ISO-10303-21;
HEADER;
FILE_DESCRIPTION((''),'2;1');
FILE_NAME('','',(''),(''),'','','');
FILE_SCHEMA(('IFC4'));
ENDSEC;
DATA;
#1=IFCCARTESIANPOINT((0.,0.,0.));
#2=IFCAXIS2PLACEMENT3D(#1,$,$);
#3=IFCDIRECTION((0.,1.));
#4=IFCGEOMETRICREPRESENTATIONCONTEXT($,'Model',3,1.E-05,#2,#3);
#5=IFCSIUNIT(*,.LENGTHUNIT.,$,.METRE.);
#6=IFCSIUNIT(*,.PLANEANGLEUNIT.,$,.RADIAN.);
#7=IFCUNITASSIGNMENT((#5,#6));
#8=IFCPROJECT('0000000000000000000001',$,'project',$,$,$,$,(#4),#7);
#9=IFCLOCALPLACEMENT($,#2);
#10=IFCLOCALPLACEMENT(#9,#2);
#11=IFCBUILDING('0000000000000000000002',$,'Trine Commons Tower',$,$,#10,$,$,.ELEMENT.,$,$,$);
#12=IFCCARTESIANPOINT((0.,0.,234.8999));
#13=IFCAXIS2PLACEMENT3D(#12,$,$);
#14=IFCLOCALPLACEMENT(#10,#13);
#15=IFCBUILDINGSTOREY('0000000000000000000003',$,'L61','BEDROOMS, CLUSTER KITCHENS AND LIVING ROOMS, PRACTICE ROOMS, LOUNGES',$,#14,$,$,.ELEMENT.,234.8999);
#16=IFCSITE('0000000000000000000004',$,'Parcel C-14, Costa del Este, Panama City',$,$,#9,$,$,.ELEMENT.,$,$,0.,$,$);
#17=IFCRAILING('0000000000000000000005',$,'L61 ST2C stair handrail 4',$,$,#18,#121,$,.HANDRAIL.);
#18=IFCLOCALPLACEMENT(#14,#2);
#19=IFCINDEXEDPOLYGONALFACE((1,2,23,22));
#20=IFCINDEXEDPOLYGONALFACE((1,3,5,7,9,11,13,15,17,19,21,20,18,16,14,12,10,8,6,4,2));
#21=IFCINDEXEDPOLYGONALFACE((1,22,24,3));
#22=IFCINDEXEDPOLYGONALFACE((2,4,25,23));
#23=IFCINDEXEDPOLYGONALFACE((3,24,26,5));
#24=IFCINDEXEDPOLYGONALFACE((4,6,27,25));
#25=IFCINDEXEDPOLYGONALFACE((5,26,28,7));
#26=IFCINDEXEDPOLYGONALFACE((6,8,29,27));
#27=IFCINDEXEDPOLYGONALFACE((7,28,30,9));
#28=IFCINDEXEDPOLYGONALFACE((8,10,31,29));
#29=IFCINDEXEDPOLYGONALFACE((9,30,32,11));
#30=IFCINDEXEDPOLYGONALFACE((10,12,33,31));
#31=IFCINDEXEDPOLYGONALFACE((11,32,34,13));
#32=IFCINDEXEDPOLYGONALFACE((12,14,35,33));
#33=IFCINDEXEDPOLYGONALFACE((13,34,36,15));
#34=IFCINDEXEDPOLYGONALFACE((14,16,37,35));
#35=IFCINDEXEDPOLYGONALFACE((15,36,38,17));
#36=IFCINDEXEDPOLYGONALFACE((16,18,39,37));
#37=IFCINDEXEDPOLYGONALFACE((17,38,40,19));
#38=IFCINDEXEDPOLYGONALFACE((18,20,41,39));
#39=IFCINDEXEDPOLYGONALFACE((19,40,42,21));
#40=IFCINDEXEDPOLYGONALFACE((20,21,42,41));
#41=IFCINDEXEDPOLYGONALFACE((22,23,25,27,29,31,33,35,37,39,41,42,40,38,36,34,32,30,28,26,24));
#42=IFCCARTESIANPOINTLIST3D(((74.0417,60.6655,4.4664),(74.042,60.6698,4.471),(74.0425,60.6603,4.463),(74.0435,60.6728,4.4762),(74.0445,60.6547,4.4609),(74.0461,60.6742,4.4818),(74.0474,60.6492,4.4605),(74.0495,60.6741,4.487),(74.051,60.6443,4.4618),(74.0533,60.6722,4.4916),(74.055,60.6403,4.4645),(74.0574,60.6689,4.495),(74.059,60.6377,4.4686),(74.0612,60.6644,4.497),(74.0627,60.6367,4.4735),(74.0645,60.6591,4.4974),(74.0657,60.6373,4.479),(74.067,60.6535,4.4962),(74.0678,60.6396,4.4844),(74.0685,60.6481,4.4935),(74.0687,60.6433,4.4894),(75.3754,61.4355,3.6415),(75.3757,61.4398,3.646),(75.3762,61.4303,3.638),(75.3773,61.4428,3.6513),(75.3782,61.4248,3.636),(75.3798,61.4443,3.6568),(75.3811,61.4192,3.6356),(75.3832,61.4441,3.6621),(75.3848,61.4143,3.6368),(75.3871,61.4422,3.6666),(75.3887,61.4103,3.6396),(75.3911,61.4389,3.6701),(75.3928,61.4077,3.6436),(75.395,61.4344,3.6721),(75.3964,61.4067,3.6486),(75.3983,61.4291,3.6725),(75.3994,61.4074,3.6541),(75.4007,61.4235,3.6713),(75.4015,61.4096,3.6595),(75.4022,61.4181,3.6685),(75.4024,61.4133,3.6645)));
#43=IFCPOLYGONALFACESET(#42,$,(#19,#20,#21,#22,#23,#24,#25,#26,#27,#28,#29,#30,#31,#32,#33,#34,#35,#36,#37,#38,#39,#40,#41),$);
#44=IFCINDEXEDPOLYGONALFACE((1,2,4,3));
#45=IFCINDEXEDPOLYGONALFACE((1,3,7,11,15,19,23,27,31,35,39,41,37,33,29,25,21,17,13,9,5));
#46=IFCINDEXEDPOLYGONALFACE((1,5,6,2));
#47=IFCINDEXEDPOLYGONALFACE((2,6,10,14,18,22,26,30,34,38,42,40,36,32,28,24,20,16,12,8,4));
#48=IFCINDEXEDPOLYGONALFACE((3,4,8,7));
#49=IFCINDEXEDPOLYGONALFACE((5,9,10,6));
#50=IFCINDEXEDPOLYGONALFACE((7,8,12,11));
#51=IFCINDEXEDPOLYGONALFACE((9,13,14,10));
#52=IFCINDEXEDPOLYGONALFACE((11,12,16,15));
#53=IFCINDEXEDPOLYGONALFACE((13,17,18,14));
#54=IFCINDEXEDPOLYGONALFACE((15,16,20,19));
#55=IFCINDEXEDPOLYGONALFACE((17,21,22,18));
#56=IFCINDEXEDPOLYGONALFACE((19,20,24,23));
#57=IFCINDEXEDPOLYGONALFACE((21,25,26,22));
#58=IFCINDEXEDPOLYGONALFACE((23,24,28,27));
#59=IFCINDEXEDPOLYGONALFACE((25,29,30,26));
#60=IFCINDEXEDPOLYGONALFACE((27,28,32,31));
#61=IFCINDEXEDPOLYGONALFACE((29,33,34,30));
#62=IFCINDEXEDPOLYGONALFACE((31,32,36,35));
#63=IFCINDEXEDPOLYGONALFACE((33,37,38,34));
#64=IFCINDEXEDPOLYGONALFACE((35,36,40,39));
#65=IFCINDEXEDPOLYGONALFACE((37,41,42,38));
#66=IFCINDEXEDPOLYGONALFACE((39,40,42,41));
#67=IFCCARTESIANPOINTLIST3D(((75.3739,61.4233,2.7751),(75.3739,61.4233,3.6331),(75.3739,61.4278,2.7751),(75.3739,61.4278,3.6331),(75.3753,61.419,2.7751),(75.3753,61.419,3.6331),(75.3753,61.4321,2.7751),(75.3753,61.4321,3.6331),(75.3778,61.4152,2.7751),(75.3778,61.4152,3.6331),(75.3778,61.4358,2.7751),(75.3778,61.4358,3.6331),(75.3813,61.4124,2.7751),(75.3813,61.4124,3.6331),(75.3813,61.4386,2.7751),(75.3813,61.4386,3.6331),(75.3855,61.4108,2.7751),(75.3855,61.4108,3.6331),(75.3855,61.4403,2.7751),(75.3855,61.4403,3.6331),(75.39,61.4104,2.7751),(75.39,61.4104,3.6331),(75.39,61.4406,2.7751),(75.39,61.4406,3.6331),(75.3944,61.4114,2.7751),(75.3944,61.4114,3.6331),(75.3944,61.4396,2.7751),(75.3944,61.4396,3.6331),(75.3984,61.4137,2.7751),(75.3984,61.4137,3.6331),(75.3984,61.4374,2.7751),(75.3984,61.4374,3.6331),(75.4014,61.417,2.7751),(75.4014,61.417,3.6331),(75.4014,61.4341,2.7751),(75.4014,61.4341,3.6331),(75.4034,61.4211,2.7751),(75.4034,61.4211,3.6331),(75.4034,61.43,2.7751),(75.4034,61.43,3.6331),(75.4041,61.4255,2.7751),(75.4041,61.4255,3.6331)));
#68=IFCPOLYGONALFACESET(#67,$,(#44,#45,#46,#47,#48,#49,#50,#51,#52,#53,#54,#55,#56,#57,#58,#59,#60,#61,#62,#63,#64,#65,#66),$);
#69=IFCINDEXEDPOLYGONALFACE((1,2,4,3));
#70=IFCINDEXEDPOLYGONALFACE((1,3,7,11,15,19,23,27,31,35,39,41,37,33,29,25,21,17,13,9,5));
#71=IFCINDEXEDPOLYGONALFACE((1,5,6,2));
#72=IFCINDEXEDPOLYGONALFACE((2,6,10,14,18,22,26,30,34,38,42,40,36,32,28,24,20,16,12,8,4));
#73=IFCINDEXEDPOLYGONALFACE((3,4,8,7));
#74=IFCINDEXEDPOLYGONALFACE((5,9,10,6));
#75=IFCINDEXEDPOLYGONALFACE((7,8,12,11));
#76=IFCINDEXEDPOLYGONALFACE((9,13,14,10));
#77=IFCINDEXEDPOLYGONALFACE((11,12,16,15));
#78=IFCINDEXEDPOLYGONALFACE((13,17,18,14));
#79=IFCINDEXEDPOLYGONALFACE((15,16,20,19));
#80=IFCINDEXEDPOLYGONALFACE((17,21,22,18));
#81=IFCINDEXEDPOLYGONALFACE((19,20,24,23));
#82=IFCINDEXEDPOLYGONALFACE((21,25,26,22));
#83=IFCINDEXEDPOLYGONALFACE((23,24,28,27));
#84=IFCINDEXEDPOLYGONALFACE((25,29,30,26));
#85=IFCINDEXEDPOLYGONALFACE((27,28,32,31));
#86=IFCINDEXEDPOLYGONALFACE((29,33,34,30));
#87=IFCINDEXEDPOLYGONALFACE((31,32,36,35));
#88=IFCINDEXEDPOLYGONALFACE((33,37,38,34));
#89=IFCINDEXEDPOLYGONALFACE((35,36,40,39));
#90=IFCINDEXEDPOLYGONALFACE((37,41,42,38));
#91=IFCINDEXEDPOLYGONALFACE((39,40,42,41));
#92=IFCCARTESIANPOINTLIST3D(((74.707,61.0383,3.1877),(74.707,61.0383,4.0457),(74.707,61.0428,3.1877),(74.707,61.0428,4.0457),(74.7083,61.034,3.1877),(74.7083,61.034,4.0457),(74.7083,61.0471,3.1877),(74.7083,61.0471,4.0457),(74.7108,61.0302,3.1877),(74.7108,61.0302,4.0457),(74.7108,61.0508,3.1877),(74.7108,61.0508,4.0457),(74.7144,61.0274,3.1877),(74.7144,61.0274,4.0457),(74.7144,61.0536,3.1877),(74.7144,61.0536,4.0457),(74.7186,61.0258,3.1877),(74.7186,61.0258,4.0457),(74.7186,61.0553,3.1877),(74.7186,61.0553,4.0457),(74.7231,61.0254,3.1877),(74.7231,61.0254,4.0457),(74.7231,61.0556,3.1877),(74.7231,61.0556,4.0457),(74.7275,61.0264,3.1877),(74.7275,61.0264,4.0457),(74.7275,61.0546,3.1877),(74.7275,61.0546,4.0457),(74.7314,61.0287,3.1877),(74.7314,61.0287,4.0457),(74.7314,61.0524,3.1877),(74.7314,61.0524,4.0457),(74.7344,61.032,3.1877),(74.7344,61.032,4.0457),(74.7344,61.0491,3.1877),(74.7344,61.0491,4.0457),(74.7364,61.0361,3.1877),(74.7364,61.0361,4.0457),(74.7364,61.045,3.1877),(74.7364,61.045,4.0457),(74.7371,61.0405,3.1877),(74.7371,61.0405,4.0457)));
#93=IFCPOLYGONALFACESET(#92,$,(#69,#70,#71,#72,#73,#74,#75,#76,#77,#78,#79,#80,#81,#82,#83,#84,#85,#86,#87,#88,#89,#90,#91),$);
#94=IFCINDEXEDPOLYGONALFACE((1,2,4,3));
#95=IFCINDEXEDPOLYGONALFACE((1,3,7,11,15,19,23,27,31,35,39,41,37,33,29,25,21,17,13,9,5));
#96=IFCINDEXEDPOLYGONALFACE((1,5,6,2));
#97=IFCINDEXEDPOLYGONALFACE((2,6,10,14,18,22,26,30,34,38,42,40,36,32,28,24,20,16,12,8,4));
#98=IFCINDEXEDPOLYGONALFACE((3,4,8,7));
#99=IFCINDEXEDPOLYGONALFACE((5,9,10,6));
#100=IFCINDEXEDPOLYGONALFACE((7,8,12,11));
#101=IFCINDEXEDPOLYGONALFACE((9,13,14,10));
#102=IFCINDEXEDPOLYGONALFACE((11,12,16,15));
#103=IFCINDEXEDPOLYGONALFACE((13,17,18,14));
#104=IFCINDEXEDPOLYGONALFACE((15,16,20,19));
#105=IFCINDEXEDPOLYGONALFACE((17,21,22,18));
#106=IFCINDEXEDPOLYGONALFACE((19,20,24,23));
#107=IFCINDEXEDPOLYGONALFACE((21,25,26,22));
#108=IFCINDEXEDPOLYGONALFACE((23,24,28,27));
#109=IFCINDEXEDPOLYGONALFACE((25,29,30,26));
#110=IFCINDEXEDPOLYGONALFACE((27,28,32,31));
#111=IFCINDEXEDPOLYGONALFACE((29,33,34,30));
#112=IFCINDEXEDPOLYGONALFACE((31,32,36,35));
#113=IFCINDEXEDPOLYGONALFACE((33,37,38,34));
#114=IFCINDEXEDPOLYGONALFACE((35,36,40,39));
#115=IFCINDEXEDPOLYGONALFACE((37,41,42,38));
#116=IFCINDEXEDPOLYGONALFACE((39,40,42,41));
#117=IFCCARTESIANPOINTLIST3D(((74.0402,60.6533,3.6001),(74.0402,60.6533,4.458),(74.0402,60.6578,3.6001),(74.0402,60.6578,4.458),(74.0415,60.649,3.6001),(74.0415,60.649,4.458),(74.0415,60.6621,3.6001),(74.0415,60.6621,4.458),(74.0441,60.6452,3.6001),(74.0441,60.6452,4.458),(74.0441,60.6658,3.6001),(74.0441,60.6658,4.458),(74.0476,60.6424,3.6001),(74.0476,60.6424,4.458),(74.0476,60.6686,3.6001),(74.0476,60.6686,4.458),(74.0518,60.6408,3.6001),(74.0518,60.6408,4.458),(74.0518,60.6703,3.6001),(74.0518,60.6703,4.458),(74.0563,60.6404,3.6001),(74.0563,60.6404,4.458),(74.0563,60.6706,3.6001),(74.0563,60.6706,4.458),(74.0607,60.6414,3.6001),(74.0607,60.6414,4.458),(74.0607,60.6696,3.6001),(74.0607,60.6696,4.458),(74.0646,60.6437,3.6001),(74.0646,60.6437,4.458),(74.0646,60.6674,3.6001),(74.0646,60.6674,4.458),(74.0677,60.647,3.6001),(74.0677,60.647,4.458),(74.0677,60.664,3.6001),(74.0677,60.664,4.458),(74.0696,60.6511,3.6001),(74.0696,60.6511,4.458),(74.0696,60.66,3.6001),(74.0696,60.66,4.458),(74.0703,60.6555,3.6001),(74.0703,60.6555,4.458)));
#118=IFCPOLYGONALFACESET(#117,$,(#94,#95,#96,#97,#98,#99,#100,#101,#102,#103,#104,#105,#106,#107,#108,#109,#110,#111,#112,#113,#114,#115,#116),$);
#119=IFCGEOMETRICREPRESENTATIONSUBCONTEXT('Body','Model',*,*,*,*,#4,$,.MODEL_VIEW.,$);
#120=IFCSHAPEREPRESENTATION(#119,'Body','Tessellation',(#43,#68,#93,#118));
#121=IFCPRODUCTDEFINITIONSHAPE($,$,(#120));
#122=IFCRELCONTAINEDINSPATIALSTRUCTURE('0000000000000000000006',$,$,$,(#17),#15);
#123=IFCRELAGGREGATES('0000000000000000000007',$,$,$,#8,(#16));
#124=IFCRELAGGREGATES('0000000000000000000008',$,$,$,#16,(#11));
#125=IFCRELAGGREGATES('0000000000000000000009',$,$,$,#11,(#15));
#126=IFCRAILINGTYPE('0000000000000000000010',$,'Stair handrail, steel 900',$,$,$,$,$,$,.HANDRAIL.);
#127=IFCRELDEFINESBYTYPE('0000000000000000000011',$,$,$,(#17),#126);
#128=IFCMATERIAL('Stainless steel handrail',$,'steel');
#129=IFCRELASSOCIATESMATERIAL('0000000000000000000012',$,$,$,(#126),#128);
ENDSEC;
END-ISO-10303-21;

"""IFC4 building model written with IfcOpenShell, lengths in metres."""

from ifc_helpers import new_model, si_unit, direction, frame, origin, origin_2d, place, context, subcontext, project, spatial, circle, extrude, material, type_object, element, save


model = new_model("IFC4")

# Units and contexts
model_context = context("Model", 3, precision=1e-05, world=origin(), true_north=direction((0.0, 1.0)))
body_context = subcontext(model_context, "Body", "Model", "MODEL_VIEW")
ifc_project = project(units=[si_unit("LENGTHUNIT", "METRE"), si_unit("PLANEANGLEUNIT", "RADIAN")], contexts=[model_context])

# Site, building, storey
site_placement = place(None, origin())
site = spatial("IfcSite", under=ifc_project, at=site_placement, Name="Parcel C-14, Costa del Este, Panama City", CompositionType="ELEMENT", RefElevation=0.0)
building_placement = place(site_placement, origin())
building = spatial("IfcBuilding", under=site, at=building_placement, Name="Trine Commons Tower", CompositionType="ELEMENT")
storey_placement = place(building_placement, frame((0.0, 0.0, 234.8999)))
storey = spatial("IfcBuildingStorey", under=building, at=storey_placement, Name="L61", Description="BEDROOMS, CLUSTER KITCHENS AND LIVING ROOMS, PRACTICE ROOMS, LOUNGES", CompositionType="ELEMENT", Elevation=234.8999)

# Railing
ifc_material_1 = material(Name="Stainless steel handrail", Category="steel")
railing_type = type_object("IfcRailingType", Name="Stair handrail, steel 900", PredefinedType="HANDRAIL", material=ifc_material_1)
for number, where, name in (
    (1, (75.3889, 61.4255, 2.7751), "L61 ST2C stair handrail 4"),
):
    element("IfcRailing", number, at=place(storey_placement, frame(where)), inside=storey, type_object=railing_type, Name=name, PredefinedType="HANDRAIL", context=body_context, shape_type="SweptSolid", body=[
        extrude(circle(Radius=0.021, at=origin_2d()), frame((0.0, 0.0, 0.8789), z_axis=(-0.763405, -0.440743, 0.472185), x_axis=(0.499992, -0.86603, 0.0)), (0.0, 0.0, 1.0), 1.7471),
        extrude(circle(Radius=0.0151, at=origin_2d()), origin(), (0.0, 0.0, 1.0), 0.8579),
        extrude(circle(Radius=0.0151, at=origin_2d()), frame((-0.667, -0.385, 0.4126)), (0.0, 0.0, 1.0), 0.8579),
        extrude(circle(Radius=0.0151, at=origin_2d()), frame((-1.3337, -0.77, 0.825)), (0.0, 0.0, 1.0), 0.8579),
    ])

save(model, "model.ifc")
